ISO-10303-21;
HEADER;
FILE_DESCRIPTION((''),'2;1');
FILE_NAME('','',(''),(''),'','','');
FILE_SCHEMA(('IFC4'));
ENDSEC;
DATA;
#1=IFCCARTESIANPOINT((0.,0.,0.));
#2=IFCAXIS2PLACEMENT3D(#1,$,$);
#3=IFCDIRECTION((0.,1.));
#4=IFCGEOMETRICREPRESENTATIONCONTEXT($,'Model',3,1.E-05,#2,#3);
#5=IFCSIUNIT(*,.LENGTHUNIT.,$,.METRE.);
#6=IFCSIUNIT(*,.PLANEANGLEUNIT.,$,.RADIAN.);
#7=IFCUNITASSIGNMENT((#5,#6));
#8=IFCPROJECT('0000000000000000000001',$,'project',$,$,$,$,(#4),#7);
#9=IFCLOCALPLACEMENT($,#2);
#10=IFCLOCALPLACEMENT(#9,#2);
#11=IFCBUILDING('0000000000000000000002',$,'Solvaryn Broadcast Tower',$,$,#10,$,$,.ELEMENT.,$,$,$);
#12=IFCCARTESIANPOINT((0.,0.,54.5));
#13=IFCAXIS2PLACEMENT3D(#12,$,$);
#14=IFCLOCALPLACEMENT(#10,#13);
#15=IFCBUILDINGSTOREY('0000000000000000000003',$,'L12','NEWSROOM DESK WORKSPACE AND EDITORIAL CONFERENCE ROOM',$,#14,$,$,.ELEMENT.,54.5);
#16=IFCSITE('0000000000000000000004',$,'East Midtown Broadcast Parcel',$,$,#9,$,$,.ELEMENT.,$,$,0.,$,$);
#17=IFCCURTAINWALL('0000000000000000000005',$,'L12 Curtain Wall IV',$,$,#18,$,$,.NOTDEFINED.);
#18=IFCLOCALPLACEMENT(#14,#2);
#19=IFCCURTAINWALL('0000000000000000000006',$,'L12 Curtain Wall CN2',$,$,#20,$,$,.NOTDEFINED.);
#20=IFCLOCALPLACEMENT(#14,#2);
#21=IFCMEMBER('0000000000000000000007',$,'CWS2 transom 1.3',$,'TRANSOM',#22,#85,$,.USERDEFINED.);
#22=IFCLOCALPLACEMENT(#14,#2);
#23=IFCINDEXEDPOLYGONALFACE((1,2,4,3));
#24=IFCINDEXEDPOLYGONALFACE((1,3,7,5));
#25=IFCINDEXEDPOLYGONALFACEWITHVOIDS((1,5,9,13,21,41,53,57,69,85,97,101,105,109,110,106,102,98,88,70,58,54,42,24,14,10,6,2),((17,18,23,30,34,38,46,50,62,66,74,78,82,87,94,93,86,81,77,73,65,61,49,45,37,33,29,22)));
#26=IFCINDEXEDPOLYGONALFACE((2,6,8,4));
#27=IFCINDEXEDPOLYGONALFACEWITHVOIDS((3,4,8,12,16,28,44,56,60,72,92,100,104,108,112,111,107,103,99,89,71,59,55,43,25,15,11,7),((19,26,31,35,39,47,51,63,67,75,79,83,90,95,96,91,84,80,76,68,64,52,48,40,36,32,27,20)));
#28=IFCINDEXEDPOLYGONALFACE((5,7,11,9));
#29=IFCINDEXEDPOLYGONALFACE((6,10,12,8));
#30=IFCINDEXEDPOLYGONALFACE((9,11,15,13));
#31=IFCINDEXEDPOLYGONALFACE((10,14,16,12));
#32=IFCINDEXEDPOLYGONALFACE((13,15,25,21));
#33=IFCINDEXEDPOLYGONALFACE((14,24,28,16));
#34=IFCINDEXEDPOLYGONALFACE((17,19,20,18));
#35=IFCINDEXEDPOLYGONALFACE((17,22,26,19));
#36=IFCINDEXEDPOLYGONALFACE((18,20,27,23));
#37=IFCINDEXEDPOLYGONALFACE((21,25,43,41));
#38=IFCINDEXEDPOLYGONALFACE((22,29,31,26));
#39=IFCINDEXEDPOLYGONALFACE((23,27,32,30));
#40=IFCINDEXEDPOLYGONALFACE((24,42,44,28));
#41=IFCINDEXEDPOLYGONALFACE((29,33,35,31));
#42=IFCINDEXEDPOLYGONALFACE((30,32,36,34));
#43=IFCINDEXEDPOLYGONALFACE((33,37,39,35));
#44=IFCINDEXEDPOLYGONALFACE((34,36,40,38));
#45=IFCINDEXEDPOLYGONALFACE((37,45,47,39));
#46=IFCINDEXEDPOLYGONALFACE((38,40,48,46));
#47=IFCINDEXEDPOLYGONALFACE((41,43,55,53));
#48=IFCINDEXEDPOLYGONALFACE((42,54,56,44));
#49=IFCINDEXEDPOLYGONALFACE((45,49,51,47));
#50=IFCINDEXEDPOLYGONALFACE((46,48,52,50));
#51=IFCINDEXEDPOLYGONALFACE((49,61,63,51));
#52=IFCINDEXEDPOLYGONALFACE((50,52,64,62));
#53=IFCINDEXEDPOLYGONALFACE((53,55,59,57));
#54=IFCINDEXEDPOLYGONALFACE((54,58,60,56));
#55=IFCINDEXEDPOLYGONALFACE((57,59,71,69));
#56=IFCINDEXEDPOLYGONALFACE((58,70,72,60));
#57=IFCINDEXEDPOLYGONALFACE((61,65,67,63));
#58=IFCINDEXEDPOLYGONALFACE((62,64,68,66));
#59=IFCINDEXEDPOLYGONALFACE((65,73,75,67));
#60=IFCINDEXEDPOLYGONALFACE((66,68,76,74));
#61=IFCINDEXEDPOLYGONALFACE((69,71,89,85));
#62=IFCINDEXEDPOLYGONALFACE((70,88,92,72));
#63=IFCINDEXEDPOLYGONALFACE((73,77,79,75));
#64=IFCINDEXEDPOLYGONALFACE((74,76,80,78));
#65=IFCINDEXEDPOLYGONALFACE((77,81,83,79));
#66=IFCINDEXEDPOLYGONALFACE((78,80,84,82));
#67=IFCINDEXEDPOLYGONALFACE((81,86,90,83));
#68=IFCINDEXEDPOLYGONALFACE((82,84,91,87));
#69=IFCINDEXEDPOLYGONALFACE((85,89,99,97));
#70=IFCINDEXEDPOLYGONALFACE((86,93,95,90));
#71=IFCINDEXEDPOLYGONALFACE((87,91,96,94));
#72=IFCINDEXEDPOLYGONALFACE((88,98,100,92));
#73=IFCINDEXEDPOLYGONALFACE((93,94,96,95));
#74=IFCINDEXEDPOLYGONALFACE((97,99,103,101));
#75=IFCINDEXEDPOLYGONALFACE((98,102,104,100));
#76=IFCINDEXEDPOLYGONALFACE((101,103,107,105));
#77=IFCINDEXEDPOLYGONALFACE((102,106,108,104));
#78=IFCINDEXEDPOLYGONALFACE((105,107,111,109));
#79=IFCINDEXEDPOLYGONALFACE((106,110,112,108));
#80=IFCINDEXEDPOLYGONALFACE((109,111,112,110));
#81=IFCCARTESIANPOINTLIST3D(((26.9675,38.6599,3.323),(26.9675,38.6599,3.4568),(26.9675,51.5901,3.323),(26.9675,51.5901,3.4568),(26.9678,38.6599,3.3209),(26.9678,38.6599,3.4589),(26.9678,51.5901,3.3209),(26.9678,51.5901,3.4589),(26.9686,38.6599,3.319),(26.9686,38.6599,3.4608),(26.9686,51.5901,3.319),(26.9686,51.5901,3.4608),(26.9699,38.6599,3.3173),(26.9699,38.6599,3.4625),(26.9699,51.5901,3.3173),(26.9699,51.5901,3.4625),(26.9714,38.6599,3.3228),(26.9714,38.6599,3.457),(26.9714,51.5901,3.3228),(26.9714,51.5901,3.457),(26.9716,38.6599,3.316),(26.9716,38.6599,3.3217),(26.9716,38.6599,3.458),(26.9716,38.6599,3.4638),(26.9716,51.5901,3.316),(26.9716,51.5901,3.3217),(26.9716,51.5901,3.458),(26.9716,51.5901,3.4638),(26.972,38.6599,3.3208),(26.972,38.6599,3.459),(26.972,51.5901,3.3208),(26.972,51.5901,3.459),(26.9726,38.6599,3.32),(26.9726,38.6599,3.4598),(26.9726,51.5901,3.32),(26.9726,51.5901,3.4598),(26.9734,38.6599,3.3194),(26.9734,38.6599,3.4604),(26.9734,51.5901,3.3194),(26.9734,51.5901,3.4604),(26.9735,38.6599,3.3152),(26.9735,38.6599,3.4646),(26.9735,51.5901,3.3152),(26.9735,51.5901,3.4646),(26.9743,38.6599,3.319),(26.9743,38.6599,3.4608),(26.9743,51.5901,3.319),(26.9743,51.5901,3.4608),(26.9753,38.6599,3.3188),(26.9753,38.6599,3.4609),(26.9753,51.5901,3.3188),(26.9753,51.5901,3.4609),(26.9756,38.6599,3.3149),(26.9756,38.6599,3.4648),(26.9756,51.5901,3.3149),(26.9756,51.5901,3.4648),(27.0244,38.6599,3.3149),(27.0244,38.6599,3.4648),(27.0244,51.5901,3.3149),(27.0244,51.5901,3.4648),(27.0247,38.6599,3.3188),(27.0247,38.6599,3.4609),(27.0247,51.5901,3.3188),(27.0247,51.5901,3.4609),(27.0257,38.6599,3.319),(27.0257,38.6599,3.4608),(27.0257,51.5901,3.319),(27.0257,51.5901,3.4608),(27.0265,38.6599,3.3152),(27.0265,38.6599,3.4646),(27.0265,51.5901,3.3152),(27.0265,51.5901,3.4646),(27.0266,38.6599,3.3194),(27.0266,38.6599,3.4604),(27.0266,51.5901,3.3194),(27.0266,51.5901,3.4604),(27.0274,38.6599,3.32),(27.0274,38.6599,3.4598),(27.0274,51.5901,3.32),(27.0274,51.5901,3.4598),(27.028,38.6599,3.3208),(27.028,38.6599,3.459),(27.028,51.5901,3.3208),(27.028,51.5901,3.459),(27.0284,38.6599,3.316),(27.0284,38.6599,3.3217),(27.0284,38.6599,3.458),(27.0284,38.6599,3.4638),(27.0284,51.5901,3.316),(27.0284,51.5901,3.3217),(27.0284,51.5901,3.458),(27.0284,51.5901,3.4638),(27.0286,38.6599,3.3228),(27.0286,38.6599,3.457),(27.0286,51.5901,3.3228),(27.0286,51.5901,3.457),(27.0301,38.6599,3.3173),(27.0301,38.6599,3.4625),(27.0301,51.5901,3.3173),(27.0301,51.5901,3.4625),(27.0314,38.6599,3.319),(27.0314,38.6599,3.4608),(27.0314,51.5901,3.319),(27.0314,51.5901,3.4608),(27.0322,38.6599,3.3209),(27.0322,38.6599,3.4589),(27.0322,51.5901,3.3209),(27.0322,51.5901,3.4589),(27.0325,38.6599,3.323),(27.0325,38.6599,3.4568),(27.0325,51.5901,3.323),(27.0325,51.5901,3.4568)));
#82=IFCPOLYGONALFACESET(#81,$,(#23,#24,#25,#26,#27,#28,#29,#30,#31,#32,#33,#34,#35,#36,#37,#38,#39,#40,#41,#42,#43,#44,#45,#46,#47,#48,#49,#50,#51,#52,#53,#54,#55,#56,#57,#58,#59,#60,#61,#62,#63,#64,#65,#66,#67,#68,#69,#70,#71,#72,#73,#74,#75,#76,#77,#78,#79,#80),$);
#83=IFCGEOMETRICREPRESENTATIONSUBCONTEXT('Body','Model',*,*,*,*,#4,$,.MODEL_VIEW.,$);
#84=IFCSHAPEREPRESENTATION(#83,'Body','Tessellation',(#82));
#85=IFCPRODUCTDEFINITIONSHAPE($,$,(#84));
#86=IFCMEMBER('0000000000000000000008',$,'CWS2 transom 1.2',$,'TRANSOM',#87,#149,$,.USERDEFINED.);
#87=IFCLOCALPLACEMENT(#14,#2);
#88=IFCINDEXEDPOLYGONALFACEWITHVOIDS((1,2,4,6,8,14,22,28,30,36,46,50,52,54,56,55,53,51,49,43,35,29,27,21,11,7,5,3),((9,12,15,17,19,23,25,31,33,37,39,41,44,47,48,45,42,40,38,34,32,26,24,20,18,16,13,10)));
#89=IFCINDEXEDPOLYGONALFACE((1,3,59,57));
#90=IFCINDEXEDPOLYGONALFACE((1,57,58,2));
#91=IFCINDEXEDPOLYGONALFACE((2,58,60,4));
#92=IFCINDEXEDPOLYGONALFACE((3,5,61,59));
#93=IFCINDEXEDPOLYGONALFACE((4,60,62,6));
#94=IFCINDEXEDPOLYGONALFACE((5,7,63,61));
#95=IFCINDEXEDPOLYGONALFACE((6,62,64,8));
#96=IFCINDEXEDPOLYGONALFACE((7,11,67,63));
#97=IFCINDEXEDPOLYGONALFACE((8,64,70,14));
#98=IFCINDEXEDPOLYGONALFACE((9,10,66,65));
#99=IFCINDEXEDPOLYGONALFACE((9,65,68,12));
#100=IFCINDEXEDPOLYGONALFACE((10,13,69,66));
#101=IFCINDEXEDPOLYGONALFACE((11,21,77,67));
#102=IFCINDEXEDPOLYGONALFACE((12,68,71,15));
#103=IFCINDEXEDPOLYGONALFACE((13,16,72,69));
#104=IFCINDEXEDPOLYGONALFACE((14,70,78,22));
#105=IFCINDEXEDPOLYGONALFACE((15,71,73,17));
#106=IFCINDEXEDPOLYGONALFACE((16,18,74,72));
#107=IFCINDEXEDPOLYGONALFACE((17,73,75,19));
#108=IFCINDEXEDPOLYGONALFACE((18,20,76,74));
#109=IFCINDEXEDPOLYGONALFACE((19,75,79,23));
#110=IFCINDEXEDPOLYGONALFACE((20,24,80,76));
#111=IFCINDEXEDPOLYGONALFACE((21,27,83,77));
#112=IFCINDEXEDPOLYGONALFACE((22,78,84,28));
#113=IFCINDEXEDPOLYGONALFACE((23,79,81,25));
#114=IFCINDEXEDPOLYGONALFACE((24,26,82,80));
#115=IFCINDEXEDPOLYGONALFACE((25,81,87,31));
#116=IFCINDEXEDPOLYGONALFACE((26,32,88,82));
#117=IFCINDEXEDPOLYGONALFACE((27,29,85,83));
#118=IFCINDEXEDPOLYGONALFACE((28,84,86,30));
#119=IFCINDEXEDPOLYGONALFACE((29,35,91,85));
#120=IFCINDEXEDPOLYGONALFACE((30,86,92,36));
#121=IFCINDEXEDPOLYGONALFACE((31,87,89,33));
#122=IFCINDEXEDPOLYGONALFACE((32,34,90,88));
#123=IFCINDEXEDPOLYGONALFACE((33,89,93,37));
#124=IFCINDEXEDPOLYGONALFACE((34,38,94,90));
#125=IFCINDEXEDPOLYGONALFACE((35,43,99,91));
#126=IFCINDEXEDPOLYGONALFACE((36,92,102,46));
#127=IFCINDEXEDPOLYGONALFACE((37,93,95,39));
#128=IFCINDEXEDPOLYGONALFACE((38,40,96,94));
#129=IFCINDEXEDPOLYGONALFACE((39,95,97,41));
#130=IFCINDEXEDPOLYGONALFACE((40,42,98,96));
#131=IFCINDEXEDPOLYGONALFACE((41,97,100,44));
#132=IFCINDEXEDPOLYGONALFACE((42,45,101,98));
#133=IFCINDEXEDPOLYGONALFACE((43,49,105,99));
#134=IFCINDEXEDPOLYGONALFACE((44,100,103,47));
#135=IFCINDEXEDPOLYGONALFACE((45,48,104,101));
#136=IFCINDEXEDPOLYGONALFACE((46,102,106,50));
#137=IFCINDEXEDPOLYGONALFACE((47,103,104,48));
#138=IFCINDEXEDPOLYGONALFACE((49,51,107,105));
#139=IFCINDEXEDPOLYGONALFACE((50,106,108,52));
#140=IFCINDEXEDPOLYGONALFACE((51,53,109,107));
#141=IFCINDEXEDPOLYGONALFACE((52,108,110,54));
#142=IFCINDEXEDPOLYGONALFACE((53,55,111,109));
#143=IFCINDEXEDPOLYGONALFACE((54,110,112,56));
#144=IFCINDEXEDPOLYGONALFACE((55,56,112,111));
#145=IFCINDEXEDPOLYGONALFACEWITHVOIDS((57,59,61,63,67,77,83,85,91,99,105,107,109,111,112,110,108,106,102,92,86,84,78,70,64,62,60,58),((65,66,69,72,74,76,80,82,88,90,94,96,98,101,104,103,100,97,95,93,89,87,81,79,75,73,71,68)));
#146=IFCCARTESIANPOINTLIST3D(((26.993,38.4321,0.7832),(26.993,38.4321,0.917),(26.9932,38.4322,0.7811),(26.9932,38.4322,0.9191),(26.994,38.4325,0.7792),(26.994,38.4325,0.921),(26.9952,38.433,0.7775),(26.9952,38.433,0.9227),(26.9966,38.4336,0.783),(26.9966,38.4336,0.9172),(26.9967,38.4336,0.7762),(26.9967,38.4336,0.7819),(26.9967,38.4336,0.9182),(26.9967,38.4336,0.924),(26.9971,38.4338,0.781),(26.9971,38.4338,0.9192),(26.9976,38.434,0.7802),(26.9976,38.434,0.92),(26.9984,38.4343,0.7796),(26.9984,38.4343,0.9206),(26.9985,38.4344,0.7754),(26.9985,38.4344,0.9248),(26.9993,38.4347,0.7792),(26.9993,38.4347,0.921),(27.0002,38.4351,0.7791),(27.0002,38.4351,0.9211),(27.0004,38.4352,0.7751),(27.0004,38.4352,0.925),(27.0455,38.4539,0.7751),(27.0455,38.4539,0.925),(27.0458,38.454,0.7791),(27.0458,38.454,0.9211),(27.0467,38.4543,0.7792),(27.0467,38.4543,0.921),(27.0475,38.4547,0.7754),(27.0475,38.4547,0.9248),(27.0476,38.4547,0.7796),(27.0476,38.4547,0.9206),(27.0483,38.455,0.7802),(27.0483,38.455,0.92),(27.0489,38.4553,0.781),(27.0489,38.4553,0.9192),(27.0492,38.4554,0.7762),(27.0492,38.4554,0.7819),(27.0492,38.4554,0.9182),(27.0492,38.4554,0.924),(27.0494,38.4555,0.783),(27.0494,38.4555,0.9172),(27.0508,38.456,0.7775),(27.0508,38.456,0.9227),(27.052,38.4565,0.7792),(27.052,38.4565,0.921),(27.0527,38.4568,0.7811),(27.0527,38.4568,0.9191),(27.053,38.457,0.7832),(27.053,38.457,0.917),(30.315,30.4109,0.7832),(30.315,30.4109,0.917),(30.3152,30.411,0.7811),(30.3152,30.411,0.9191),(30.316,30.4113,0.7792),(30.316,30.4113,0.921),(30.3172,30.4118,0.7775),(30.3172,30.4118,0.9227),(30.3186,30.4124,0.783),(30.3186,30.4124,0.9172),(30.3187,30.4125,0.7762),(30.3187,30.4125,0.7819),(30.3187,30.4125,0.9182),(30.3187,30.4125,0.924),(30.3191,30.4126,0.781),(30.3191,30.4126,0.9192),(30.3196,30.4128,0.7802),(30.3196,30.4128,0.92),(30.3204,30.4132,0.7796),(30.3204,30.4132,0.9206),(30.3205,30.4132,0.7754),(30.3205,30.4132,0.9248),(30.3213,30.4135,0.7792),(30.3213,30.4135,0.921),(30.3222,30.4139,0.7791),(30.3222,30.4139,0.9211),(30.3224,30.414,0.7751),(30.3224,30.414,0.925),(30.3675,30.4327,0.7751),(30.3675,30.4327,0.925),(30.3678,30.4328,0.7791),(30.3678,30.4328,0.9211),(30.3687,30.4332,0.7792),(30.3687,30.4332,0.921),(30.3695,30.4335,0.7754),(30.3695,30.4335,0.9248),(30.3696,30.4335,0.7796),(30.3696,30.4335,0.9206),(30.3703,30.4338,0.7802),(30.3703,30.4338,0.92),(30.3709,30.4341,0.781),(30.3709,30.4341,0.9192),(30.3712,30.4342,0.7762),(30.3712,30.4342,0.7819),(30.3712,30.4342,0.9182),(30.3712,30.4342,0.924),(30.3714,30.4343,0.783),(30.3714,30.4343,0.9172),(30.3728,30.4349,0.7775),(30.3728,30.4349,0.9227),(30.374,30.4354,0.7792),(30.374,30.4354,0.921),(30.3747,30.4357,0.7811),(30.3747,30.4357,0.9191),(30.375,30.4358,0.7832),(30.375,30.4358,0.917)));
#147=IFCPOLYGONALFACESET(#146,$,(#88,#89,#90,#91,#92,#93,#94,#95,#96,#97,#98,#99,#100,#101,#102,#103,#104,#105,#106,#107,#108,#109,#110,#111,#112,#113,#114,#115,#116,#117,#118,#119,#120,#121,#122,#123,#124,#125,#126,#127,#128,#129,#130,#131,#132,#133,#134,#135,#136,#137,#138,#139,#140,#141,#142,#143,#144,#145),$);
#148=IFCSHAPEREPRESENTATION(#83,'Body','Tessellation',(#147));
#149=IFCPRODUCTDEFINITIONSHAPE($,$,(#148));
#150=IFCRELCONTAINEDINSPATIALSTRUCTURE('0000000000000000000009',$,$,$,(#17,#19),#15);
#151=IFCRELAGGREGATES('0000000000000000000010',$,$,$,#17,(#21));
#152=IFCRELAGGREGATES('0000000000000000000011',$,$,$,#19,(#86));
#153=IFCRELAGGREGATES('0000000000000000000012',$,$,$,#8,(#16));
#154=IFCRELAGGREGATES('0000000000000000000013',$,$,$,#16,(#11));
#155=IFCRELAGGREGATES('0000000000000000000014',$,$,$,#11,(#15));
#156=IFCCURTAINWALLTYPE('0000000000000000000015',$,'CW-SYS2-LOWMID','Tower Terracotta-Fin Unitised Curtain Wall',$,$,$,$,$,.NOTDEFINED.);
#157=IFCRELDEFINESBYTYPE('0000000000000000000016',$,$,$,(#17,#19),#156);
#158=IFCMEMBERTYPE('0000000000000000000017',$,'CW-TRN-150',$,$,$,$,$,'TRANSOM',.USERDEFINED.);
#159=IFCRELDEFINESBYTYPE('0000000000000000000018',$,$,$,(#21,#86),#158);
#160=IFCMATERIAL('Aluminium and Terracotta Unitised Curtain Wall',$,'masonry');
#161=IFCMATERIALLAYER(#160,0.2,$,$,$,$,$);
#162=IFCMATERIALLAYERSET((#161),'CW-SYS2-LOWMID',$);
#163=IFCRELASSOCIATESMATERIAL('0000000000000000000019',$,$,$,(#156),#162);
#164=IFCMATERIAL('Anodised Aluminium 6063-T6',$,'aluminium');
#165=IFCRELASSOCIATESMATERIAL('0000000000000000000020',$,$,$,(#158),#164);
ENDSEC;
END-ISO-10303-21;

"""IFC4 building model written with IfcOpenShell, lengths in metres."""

from ifc_helpers import new_model, si_unit, direction, frame, origin, origin_2d, place, context, subcontext, project, spatial, hollow_rectangle, extrude, material, layer, layer_set, material_profile, profile_set, type_object, element, aggregate, save


model = new_model("IFC4")

# Units and contexts
model_context = context("Model", 3, precision=1e-05, world=origin(), true_north=direction((0.0, 1.0)))
body_context = subcontext(model_context, "Body", "Model", "MODEL_VIEW")
ifc_project = project(units=[si_unit("LENGTHUNIT", "METRE"), si_unit("PLANEANGLEUNIT", "RADIAN")], contexts=[model_context])

# Site, building, storey
site_placement = place(None, origin())
site = spatial("IfcSite", under=ifc_project, at=site_placement, Name="East Midtown Broadcast Parcel", CompositionType="ELEMENT", RefElevation=0.0)
building_placement = place(site_placement, origin())
building = spatial("IfcBuilding", under=site, at=building_placement, Name="Solvaryn Broadcast Tower", CompositionType="ELEMENT")
storey_placement = place(building_placement, frame((0.0, 0.0, 54.5)))
storey = spatial("IfcBuildingStorey", under=building, at=storey_placement, Name="L12", Description="NEWSROOM DESK WORKSPACE AND EDITORIAL CONFERENCE ROOM", CompositionType="ELEMENT", Elevation=54.5)

# Curtain wall
ifc_material_1 = material(Name="Aluminium and Terracotta Unitised Curtain Wall", Category="masonry")
ifc_layer_1 = layer(ifc_material_1, 0.2)
ifc_layer_set_1 = layer_set([ifc_layer_1], Name="CW-SYS2-LOWMID")
curtain_wall_type = type_object("IfcCurtainWallType", Name="CW-SYS2-LOWMID", Description="Tower Terracotta-Fin Unitised Curtain Wall", PredefinedType="NOTDEFINED", material=ifc_layer_set_1)
curtain_wall_1_placement = place(storey_placement, origin())
curtain_wall_1 = element("IfcCurtainWall", 1, at=curtain_wall_1_placement, inside=storey, type_object=curtain_wall_type, Name="L12 Curtain Wall IV", PredefinedType="NOTDEFINED")

# Curtain wall
curtain_wall_2_placement = place(storey_placement, origin())
curtain_wall_2 = element("IfcCurtainWall", 2, at=curtain_wall_2_placement, inside=storey, type_object=curtain_wall_type, Name="L12 Curtain Wall CN2", PredefinedType="NOTDEFINED")

# Members
ifc_material_2 = material(Name="Anodised Aluminium 6063-T6", Category="aluminium")
ifc_material_profile_1 = material_profile(ifc_material_2, hollow_rectangle(XDim=0.0649, YDim=0.1499, WallThickness=0.0039, InnerFilletRadius=0.0039, OuterFilletRadius=0.0081, at=origin_2d()))
ifc_profile_set_1 = profile_set([ifc_material_profile_1], Name="Anodised Aluminium 6063-T6")
member_type_1 = type_object("IfcMemberType", Name="CW-TRN-150", ElementType="TRANSOM", PredefinedType="USERDEFINED", material=ifc_profile_set_1)
member_1_placement = place(storey_placement, frame((27.0, 51.5901, 3.3899), z_axis=(0.0, -1.0, 0.0), x_axis=(1.0, 0.0, 0.0)))
member_1 = element("IfcMember", 3, at=member_1_placement, type_object=member_type_1, Name="CWS2 transom 1.3", ObjectType="TRANSOM", PredefinedType="USERDEFINED", context=body_context, shape_type="SweptSolid", body=[
    extrude(hollow_rectangle(XDim=0.0649, YDim=0.1499, WallThickness=0.0039, InnerFilletRadius=0.0039, OuterFilletRadius=0.0081, at=origin_2d()), origin(), (0.0, 0.0, 1.0), 12.9302),
])
member_2_placement = place(storey_placement, frame((30.345, 30.4233, 0.8501), z_axis=(-0.382636, 0.923899, 0.0), x_axis=(-0.923899, -0.382636, 0.0)))
member_2 = element("IfcMember", 4, at=member_2_placement, type_object=member_type_1, Name="CWS2 transom 1.2", ObjectType="TRANSOM", PredefinedType="USERDEFINED", context=body_context, shape_type="SweptSolid", body=[
    extrude(hollow_rectangle(XDim=0.0649, YDim=0.1499, WallThickness=0.0039, InnerFilletRadius=0.0039, OuterFilletRadius=0.0081, at=origin_2d()), origin(), (0.0, 0.0, 1.0), 8.6819),
])

aggregate(curtain_wall_1, [member_1])
aggregate(curtain_wall_2, [member_2])

save(model, "model.ifc")
